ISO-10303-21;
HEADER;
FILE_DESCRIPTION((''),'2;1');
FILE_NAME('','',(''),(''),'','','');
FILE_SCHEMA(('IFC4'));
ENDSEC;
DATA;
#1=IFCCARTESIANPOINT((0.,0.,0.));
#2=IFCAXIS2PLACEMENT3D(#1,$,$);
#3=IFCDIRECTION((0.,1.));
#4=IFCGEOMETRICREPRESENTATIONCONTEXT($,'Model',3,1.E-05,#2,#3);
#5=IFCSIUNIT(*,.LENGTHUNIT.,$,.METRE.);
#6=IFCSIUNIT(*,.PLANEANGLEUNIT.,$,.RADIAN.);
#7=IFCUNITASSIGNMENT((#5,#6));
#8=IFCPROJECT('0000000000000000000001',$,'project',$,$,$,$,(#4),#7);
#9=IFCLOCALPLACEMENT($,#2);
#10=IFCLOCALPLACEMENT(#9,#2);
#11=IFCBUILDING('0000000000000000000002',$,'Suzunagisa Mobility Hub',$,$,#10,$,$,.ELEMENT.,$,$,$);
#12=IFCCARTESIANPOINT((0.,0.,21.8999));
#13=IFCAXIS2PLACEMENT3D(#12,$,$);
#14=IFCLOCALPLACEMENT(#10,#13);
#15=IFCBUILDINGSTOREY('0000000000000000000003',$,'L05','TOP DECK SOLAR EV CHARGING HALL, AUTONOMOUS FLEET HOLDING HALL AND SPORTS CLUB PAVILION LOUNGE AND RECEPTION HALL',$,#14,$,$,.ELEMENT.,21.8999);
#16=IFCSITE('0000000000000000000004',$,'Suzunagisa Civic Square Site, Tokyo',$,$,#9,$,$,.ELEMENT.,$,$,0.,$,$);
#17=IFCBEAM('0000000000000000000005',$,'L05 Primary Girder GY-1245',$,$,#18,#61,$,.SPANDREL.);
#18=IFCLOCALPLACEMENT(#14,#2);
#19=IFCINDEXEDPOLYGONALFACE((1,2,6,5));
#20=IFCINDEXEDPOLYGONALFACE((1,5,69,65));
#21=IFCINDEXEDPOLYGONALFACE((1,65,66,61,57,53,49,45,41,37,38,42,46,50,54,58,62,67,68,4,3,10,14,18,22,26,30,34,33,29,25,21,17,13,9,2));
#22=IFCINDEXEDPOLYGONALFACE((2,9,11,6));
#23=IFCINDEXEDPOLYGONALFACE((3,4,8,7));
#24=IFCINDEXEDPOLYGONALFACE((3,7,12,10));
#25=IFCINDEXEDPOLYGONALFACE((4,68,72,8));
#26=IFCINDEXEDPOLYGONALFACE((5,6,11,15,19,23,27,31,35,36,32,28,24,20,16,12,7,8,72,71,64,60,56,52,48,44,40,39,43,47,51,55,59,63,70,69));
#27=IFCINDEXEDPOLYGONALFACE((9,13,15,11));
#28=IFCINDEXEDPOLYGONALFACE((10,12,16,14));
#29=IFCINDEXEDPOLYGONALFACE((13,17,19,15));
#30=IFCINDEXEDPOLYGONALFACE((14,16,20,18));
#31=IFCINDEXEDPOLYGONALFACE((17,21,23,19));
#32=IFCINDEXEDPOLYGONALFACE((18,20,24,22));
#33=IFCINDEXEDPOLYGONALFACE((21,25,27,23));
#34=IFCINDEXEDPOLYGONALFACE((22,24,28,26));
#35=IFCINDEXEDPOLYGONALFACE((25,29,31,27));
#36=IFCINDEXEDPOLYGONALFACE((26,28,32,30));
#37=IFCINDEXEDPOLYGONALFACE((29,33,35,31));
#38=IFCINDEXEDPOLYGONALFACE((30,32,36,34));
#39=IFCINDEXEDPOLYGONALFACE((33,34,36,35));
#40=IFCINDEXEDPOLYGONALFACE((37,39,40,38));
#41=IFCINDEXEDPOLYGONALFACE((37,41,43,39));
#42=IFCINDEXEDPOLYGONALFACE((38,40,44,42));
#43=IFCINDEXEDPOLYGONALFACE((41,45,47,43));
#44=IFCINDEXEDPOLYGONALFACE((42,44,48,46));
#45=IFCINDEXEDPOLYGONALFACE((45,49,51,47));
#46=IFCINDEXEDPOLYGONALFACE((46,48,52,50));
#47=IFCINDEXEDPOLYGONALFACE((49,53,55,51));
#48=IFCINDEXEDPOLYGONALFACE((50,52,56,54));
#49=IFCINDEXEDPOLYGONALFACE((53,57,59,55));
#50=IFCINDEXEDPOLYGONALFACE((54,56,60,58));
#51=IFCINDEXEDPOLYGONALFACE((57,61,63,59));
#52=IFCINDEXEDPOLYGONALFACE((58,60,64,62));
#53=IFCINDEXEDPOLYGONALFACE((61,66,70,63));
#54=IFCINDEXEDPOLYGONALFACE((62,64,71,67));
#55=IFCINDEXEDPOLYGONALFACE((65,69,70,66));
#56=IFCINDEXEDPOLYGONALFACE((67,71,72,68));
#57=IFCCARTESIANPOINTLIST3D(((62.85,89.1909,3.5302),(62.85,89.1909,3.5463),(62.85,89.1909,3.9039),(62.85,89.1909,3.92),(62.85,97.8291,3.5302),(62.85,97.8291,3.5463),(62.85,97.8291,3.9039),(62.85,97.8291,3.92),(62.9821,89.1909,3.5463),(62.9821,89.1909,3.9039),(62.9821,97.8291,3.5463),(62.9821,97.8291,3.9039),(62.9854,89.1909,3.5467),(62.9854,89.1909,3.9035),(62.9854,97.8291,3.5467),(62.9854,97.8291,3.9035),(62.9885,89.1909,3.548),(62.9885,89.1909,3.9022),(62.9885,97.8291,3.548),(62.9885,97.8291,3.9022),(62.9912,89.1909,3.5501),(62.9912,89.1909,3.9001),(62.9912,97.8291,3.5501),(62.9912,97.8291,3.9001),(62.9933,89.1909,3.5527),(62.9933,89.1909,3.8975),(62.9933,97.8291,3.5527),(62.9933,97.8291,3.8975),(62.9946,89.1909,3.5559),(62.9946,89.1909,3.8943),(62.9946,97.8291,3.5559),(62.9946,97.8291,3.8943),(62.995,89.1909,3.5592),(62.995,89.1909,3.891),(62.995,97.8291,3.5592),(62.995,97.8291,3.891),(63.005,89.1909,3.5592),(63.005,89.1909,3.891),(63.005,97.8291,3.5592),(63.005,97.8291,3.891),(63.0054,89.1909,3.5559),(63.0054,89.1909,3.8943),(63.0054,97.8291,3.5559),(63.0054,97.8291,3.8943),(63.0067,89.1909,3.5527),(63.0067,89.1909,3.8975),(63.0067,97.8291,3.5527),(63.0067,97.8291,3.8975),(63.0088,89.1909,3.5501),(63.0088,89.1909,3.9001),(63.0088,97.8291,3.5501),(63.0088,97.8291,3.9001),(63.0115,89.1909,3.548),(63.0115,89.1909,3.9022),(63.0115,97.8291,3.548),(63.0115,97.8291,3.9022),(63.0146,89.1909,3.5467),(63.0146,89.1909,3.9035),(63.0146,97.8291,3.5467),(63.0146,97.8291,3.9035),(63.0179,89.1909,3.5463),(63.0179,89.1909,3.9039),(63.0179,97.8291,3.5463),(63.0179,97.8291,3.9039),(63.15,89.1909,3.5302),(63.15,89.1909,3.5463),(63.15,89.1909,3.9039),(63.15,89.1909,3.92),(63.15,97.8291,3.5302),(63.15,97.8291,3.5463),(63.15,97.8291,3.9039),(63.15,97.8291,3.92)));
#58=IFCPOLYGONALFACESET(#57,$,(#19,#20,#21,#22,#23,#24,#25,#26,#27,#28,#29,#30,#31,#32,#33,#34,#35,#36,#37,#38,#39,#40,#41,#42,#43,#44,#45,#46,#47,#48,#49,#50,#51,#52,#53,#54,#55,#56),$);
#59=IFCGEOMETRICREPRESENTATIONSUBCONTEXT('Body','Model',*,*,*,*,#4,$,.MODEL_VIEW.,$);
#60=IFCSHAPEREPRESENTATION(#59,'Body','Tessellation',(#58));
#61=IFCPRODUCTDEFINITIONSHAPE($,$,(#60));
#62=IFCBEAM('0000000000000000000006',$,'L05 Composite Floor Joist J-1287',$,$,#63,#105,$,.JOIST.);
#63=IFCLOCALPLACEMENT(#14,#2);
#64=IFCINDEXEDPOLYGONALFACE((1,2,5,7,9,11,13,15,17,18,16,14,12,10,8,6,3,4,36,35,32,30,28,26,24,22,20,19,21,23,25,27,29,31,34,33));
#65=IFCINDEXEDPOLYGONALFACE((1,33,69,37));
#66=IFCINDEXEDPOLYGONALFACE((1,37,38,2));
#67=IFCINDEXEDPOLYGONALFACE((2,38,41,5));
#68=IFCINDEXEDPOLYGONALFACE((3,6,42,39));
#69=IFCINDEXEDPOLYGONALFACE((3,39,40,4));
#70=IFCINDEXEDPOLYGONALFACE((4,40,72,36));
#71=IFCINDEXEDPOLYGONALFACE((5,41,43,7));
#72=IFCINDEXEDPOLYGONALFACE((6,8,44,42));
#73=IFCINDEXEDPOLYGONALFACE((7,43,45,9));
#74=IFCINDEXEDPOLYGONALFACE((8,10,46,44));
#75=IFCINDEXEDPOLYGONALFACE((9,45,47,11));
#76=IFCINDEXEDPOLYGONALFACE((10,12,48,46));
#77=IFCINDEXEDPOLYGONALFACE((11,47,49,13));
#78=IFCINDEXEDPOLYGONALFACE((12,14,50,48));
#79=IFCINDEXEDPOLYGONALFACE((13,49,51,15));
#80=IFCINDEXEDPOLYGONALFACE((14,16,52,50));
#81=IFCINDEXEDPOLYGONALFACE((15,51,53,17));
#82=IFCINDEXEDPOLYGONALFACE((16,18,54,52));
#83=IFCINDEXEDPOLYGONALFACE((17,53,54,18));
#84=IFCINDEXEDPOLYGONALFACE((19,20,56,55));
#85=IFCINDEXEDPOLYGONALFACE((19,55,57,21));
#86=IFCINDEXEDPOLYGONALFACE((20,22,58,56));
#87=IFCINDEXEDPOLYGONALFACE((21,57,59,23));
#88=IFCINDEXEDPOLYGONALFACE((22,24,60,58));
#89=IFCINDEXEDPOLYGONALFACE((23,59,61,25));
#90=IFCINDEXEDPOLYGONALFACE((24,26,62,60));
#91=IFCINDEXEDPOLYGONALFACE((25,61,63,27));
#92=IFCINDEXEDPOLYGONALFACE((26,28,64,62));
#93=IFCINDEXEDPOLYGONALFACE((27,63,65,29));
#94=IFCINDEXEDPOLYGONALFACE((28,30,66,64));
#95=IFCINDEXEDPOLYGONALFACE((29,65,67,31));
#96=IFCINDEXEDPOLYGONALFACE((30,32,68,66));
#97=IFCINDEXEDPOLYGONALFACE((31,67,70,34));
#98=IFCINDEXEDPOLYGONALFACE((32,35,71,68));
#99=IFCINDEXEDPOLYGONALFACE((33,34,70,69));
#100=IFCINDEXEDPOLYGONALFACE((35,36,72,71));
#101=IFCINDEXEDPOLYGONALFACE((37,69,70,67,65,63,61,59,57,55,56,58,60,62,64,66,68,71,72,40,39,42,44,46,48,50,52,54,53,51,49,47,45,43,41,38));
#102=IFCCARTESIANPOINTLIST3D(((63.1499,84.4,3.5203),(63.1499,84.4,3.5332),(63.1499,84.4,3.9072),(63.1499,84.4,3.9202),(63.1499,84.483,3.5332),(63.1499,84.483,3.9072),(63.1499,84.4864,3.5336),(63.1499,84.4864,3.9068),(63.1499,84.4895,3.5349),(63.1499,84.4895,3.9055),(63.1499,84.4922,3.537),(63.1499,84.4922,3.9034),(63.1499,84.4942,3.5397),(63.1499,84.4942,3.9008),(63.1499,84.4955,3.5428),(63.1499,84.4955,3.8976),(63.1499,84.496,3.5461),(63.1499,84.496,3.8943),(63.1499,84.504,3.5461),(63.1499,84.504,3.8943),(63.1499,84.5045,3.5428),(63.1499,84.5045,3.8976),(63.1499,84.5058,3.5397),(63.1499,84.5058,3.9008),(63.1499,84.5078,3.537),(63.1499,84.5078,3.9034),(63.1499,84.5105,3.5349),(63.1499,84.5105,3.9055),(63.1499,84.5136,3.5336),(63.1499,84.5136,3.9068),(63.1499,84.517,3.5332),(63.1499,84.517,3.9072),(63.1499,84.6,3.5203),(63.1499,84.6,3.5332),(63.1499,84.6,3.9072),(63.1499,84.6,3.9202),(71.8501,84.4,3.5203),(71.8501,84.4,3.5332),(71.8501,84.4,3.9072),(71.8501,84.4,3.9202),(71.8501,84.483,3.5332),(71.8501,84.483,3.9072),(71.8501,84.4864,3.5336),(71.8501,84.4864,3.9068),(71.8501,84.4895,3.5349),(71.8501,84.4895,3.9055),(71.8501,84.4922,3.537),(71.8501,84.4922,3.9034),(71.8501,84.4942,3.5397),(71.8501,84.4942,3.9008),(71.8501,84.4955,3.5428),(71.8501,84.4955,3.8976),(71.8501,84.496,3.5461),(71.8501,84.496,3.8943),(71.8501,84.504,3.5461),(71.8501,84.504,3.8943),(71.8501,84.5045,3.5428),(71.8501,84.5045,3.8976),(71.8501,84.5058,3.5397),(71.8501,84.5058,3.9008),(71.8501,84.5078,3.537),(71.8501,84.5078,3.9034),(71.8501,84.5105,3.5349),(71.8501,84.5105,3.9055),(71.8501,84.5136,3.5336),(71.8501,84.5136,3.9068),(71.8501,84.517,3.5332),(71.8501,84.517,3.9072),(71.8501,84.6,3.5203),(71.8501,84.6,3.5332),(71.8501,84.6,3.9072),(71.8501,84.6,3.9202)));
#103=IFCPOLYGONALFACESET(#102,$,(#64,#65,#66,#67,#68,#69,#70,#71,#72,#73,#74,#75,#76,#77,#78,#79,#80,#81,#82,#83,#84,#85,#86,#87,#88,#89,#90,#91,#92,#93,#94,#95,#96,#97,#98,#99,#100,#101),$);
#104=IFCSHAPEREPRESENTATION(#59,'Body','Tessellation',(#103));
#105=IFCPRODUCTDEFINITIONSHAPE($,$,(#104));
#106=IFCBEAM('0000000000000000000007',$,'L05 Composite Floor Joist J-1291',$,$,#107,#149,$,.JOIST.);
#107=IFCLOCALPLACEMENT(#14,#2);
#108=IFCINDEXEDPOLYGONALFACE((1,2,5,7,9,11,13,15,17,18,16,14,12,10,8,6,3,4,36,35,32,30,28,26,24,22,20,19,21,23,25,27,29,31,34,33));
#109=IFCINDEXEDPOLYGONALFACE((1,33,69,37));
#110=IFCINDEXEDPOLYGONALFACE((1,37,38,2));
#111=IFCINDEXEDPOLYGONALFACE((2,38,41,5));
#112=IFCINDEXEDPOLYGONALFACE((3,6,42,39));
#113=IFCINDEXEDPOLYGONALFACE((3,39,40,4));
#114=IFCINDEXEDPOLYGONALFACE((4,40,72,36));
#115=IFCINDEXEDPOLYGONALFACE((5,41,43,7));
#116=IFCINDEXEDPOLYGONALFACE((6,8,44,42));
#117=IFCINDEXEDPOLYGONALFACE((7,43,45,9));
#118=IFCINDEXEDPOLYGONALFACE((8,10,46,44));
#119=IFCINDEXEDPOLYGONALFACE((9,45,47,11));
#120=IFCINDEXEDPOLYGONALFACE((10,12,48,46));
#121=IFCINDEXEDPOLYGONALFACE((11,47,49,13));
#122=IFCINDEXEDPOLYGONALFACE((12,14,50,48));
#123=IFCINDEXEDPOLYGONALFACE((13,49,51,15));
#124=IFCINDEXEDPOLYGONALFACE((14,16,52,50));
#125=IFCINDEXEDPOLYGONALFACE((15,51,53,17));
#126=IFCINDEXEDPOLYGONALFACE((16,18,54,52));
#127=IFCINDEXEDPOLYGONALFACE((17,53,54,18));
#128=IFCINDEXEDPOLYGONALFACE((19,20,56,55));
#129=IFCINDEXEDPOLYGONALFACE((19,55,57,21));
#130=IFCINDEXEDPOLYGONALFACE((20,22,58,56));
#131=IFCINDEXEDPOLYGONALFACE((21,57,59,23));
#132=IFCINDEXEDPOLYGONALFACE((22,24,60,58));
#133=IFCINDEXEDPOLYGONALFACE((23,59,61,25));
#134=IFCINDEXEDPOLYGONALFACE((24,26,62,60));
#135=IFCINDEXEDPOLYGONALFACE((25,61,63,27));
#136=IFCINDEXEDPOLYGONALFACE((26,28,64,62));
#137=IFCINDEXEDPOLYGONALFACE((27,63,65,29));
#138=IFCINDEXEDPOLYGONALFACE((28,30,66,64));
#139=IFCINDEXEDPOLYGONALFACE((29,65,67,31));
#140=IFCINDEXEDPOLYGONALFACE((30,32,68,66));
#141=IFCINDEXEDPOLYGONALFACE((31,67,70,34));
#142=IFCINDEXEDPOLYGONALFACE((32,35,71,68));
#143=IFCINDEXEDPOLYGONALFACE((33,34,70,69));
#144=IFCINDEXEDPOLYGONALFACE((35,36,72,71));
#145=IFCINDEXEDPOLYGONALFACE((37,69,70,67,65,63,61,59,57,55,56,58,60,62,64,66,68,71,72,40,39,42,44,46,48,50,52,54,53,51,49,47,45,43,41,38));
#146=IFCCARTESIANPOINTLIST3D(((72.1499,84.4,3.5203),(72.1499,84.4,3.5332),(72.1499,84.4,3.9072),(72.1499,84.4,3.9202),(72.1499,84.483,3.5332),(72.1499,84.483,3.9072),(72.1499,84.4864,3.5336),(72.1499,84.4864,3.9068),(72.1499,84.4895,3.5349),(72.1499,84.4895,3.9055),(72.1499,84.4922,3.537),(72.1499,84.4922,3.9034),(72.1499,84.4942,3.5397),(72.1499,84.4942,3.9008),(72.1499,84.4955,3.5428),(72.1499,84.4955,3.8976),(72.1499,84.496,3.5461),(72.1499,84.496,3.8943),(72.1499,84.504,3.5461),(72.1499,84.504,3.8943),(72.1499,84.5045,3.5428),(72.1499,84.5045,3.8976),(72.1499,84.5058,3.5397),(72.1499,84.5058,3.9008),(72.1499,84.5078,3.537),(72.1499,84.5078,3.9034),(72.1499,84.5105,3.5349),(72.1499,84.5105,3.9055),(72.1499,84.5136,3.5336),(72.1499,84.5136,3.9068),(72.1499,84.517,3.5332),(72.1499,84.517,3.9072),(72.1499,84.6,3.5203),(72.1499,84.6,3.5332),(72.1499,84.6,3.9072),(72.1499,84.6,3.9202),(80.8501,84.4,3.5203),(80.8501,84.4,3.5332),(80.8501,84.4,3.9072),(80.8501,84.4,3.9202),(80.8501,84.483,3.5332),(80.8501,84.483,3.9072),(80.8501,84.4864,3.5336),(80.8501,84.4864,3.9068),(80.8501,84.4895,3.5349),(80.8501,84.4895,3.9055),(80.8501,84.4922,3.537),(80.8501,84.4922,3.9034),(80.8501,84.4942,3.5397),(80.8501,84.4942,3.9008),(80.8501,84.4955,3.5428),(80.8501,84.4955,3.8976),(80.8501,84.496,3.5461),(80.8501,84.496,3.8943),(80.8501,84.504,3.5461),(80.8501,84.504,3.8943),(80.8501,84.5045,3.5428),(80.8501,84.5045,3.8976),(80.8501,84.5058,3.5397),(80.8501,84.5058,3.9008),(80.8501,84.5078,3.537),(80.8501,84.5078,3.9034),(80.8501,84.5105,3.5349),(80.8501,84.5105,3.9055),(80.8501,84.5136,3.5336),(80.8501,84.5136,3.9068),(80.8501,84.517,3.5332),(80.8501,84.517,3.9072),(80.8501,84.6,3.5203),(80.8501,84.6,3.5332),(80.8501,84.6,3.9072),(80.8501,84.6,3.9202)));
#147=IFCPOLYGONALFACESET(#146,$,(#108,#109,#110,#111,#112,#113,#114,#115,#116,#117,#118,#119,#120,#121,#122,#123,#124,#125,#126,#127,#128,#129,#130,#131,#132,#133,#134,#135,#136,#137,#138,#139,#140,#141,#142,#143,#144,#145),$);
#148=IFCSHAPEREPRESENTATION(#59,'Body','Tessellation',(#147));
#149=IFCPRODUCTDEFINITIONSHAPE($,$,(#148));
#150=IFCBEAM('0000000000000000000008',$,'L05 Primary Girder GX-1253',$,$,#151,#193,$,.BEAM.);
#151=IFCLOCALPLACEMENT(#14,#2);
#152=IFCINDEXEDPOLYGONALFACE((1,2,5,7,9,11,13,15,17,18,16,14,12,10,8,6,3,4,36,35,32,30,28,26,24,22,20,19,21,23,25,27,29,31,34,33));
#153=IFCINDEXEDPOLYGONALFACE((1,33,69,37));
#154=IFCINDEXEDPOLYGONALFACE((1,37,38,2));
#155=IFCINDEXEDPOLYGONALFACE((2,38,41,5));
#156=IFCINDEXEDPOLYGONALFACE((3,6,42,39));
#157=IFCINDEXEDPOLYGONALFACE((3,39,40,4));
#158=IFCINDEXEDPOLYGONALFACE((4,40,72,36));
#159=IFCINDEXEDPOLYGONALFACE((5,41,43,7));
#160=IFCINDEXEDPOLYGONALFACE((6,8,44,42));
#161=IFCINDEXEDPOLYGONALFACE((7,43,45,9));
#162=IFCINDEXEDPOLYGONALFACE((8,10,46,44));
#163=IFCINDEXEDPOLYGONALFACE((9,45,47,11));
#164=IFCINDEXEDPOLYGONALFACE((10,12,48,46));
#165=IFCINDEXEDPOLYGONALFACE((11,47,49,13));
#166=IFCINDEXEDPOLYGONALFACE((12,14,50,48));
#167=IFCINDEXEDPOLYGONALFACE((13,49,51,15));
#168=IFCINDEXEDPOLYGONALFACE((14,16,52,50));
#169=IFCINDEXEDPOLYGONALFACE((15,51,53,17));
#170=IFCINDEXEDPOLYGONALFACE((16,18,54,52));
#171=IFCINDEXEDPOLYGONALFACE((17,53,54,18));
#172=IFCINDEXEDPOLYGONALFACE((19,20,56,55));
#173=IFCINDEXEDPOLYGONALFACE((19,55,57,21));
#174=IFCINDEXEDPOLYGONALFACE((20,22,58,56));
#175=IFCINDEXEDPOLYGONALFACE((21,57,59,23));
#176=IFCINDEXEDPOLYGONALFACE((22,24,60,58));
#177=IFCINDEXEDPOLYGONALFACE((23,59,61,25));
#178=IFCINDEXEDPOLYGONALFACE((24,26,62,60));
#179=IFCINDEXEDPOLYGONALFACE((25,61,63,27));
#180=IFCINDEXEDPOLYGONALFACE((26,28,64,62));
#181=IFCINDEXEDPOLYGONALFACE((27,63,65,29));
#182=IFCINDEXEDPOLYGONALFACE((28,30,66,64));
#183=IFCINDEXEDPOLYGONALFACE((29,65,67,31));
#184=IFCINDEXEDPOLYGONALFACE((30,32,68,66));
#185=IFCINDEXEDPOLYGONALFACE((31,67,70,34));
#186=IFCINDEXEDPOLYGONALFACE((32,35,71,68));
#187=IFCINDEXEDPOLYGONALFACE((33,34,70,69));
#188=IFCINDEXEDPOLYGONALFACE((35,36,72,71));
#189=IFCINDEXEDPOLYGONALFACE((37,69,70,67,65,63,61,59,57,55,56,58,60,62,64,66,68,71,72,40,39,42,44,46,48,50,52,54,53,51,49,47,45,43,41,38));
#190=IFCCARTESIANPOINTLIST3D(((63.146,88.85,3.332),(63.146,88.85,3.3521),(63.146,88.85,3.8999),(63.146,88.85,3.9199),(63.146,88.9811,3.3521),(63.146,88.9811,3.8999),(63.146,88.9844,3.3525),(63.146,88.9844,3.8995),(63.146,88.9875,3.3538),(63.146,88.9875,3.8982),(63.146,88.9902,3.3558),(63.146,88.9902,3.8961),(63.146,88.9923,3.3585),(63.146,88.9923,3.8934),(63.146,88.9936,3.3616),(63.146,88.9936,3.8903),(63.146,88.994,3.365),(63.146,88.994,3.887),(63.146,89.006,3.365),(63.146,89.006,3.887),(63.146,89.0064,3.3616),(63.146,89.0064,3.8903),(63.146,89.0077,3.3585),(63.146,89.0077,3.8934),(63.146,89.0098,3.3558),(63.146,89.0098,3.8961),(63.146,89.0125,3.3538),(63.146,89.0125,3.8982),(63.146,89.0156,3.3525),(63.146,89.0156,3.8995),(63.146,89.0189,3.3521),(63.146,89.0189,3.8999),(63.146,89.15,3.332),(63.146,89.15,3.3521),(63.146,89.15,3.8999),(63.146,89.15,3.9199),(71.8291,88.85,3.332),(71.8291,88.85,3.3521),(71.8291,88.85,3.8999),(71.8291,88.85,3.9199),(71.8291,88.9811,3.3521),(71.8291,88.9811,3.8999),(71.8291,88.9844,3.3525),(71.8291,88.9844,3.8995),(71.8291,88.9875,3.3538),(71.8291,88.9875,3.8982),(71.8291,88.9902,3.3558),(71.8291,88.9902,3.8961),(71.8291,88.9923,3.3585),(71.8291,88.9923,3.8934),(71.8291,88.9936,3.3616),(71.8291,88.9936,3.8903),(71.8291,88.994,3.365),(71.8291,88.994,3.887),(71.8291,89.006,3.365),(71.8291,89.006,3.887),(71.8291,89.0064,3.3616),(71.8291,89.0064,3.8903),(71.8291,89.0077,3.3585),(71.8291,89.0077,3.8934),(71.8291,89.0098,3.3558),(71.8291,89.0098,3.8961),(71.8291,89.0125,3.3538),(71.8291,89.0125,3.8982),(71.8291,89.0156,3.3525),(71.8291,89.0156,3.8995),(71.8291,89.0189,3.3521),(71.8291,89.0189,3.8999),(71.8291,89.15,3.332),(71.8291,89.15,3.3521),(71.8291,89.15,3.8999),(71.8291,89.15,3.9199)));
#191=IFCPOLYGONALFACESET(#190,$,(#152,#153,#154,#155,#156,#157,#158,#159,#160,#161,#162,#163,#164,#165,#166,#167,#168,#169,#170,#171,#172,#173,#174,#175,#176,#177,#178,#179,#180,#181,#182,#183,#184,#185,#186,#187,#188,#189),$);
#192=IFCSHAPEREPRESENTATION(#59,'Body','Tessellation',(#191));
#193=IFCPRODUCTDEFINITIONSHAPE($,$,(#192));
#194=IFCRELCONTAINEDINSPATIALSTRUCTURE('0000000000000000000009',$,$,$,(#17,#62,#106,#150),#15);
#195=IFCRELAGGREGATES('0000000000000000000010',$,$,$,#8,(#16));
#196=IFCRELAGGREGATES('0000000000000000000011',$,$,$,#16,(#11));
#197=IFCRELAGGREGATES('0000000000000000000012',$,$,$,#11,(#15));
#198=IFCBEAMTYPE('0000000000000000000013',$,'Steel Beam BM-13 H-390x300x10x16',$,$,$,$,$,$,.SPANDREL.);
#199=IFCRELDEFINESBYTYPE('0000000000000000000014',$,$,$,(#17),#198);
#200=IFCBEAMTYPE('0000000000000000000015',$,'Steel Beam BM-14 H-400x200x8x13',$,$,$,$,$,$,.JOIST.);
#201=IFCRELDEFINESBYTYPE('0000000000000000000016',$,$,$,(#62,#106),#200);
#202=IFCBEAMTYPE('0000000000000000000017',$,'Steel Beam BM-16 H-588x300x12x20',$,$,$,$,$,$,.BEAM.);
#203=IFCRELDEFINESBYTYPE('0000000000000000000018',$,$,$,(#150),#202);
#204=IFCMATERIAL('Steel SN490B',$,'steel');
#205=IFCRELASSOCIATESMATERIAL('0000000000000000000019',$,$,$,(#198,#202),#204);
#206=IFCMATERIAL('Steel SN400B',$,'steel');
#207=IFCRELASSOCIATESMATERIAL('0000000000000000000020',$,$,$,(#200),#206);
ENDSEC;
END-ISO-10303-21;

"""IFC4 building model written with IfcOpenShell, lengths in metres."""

from ifc_helpers import new_model, si_unit, direction, frame, origin, origin_2d, place, context, subcontext, project, spatial, i_section, extrude, material, material_profile, profile_set, type_object, element, save


model = new_model("IFC4")

# Units and contexts
model_context = context("Model", 3, precision=1e-05, world=origin(), true_north=direction((0.0, 1.0)))
body_context = subcontext(model_context, "Body", "Model", "MODEL_VIEW")
ifc_project = project(units=[si_unit("LENGTHUNIT", "METRE"), si_unit("PLANEANGLEUNIT", "RADIAN")], contexts=[model_context])

# Site, building, storey
site_placement = place(None, origin())
site = spatial("IfcSite", under=ifc_project, at=site_placement, Name="Suzunagisa Civic Square Site, Tokyo", CompositionType="ELEMENT", RefElevation=0.0)
building_placement = place(site_placement, origin())
building = spatial("IfcBuilding", under=site, at=building_placement, Name="Suzunagisa Mobility Hub", CompositionType="ELEMENT")
storey_placement = place(building_placement, frame((0.0, 0.0, 21.8999)))
storey = spatial("IfcBuildingStorey", under=building, at=storey_placement, Name="L05", Description="TOP DECK SOLAR EV CHARGING HALL, AUTONOMOUS FLEET HOLDING HALL AND SPORTS CLUB PAVILION LOUNGE AND RECEPTION HALL", CompositionType="ELEMENT", Elevation=21.8999)

# Shared definitions
ifc_material_1 = material(Name="Steel SN490B", Category="steel")

# Beams
ifc_material_profile_1 = material_profile(ifc_material_1, i_section(OverallWidth=0.3, OverallDepth=0.3899, WebThickness=0.01, FlangeThickness=0.0161, FilletRadius=0.0129, at=origin_2d()), Name="H-390x300x10x16")
ifc_profile_set_1 = profile_set([ifc_material_profile_1], Name="Steel SN490B")
beam_type_1 = type_object("IfcBeamType", Name="Steel Beam BM-13 H-390x300x10x16", PredefinedType="SPANDREL", material=ifc_profile_set_1)
for number, where, z_axis, x_axis, name in (
    (1, (63.0, 89.1909, 3.7251), (0.0, 1.0, 0.0), (-1.0, 0.0, 0.0), "L05 Primary Girder GY-1245"),
):
    element("IfcBeam", number, at=place(storey_placement, frame(where, z_axis=z_axis, x_axis=x_axis)), inside=storey, type_object=beam_type_1, Name=name, PredefinedType="SPANDREL", context=body_context, shape_type="SweptSolid", body=[
        extrude(i_section(OverallWidth=0.3, OverallDepth=0.3899, WebThickness=0.01, FlangeThickness=0.0161, FilletRadius=0.0129, at=origin_2d()), origin(), (0.0, 0.0, 1.0), 8.6382),
    ])
ifc_material_2 = material(Name="Steel SN400B", Category="steel")
ifc_material_profile_2 = material_profile(ifc_material_2, i_section(OverallWidth=0.2, OverallDepth=0.3999, WebThickness=0.0081, FlangeThickness=0.0129, FilletRadius=0.0129, at=origin_2d()), Name="H-400x200x8x13")
ifc_profile_set_2 = profile_set([ifc_material_profile_2], Name="Steel SN400B")
beam_type_2 = type_object("IfcBeamType", Name="Steel Beam BM-14 H-400x200x8x13", PredefinedType="JOIST", material=ifc_profile_set_2)
for number, where, z_axis, x_axis, name in (
    (2, (63.1499, 84.5, 3.7202), (1.0, 0.0, 0.0), (0.0, 1.0, 0.0), "L05 Composite Floor Joist J-1287"),
    (3, (72.1499, 84.5, 3.7202), (1.0, 0.0, 0.0), (0.0, 1.0, 0.0), "L05 Composite Floor Joist J-1291"),
):
    element("IfcBeam", number, at=place(storey_placement, frame(where, z_axis=z_axis, x_axis=x_axis)), inside=storey, type_object=beam_type_2, Name=name, PredefinedType="JOIST", context=body_context, shape_type="SweptSolid", body=[
        extrude(i_section(OverallWidth=0.2, OverallDepth=0.3999, WebThickness=0.0081, FlangeThickness=0.0129, FilletRadius=0.0129, at=origin_2d()), origin(), (0.0, 0.0, 1.0), 8.7002),
    ])
ifc_material_profile_3 = material_profile(ifc_material_1, i_section(OverallWidth=0.3, OverallDepth=0.5879, WebThickness=0.012, FlangeThickness=0.02, FilletRadius=0.0129, at=origin_2d()), Name="H-588x300x12x20")
ifc_profile_set_3 = profile_set([ifc_material_profile_3], Name="Steel SN490B")
beam_type_3 = type_object("IfcBeamType", Name="Steel Beam BM-16 H-588x300x12x20", PredefinedType="BEAM", material=ifc_profile_set_3)
for number, where, z_axis, x_axis, name in (
    (4, (63.146, 89.0, 3.626), (1.0, 0.0, 0.0), (0.0, 1.0, 0.0), "L05 Primary Girder GX-1253"),
):
    element("IfcBeam", number, at=place(storey_placement, frame(where, z_axis=z_axis, x_axis=x_axis)), inside=storey, type_object=beam_type_3, Name=name, PredefinedType="BEAM", context=body_context, shape_type="SweptSolid", body=[
        extrude(i_section(OverallWidth=0.3, OverallDepth=0.5879, WebThickness=0.012, FlangeThickness=0.02, FilletRadius=0.0129, at=origin_2d()), origin(), (0.0, 0.0, 1.0), 8.6831),
    ])

save(model, "model.ifc")
